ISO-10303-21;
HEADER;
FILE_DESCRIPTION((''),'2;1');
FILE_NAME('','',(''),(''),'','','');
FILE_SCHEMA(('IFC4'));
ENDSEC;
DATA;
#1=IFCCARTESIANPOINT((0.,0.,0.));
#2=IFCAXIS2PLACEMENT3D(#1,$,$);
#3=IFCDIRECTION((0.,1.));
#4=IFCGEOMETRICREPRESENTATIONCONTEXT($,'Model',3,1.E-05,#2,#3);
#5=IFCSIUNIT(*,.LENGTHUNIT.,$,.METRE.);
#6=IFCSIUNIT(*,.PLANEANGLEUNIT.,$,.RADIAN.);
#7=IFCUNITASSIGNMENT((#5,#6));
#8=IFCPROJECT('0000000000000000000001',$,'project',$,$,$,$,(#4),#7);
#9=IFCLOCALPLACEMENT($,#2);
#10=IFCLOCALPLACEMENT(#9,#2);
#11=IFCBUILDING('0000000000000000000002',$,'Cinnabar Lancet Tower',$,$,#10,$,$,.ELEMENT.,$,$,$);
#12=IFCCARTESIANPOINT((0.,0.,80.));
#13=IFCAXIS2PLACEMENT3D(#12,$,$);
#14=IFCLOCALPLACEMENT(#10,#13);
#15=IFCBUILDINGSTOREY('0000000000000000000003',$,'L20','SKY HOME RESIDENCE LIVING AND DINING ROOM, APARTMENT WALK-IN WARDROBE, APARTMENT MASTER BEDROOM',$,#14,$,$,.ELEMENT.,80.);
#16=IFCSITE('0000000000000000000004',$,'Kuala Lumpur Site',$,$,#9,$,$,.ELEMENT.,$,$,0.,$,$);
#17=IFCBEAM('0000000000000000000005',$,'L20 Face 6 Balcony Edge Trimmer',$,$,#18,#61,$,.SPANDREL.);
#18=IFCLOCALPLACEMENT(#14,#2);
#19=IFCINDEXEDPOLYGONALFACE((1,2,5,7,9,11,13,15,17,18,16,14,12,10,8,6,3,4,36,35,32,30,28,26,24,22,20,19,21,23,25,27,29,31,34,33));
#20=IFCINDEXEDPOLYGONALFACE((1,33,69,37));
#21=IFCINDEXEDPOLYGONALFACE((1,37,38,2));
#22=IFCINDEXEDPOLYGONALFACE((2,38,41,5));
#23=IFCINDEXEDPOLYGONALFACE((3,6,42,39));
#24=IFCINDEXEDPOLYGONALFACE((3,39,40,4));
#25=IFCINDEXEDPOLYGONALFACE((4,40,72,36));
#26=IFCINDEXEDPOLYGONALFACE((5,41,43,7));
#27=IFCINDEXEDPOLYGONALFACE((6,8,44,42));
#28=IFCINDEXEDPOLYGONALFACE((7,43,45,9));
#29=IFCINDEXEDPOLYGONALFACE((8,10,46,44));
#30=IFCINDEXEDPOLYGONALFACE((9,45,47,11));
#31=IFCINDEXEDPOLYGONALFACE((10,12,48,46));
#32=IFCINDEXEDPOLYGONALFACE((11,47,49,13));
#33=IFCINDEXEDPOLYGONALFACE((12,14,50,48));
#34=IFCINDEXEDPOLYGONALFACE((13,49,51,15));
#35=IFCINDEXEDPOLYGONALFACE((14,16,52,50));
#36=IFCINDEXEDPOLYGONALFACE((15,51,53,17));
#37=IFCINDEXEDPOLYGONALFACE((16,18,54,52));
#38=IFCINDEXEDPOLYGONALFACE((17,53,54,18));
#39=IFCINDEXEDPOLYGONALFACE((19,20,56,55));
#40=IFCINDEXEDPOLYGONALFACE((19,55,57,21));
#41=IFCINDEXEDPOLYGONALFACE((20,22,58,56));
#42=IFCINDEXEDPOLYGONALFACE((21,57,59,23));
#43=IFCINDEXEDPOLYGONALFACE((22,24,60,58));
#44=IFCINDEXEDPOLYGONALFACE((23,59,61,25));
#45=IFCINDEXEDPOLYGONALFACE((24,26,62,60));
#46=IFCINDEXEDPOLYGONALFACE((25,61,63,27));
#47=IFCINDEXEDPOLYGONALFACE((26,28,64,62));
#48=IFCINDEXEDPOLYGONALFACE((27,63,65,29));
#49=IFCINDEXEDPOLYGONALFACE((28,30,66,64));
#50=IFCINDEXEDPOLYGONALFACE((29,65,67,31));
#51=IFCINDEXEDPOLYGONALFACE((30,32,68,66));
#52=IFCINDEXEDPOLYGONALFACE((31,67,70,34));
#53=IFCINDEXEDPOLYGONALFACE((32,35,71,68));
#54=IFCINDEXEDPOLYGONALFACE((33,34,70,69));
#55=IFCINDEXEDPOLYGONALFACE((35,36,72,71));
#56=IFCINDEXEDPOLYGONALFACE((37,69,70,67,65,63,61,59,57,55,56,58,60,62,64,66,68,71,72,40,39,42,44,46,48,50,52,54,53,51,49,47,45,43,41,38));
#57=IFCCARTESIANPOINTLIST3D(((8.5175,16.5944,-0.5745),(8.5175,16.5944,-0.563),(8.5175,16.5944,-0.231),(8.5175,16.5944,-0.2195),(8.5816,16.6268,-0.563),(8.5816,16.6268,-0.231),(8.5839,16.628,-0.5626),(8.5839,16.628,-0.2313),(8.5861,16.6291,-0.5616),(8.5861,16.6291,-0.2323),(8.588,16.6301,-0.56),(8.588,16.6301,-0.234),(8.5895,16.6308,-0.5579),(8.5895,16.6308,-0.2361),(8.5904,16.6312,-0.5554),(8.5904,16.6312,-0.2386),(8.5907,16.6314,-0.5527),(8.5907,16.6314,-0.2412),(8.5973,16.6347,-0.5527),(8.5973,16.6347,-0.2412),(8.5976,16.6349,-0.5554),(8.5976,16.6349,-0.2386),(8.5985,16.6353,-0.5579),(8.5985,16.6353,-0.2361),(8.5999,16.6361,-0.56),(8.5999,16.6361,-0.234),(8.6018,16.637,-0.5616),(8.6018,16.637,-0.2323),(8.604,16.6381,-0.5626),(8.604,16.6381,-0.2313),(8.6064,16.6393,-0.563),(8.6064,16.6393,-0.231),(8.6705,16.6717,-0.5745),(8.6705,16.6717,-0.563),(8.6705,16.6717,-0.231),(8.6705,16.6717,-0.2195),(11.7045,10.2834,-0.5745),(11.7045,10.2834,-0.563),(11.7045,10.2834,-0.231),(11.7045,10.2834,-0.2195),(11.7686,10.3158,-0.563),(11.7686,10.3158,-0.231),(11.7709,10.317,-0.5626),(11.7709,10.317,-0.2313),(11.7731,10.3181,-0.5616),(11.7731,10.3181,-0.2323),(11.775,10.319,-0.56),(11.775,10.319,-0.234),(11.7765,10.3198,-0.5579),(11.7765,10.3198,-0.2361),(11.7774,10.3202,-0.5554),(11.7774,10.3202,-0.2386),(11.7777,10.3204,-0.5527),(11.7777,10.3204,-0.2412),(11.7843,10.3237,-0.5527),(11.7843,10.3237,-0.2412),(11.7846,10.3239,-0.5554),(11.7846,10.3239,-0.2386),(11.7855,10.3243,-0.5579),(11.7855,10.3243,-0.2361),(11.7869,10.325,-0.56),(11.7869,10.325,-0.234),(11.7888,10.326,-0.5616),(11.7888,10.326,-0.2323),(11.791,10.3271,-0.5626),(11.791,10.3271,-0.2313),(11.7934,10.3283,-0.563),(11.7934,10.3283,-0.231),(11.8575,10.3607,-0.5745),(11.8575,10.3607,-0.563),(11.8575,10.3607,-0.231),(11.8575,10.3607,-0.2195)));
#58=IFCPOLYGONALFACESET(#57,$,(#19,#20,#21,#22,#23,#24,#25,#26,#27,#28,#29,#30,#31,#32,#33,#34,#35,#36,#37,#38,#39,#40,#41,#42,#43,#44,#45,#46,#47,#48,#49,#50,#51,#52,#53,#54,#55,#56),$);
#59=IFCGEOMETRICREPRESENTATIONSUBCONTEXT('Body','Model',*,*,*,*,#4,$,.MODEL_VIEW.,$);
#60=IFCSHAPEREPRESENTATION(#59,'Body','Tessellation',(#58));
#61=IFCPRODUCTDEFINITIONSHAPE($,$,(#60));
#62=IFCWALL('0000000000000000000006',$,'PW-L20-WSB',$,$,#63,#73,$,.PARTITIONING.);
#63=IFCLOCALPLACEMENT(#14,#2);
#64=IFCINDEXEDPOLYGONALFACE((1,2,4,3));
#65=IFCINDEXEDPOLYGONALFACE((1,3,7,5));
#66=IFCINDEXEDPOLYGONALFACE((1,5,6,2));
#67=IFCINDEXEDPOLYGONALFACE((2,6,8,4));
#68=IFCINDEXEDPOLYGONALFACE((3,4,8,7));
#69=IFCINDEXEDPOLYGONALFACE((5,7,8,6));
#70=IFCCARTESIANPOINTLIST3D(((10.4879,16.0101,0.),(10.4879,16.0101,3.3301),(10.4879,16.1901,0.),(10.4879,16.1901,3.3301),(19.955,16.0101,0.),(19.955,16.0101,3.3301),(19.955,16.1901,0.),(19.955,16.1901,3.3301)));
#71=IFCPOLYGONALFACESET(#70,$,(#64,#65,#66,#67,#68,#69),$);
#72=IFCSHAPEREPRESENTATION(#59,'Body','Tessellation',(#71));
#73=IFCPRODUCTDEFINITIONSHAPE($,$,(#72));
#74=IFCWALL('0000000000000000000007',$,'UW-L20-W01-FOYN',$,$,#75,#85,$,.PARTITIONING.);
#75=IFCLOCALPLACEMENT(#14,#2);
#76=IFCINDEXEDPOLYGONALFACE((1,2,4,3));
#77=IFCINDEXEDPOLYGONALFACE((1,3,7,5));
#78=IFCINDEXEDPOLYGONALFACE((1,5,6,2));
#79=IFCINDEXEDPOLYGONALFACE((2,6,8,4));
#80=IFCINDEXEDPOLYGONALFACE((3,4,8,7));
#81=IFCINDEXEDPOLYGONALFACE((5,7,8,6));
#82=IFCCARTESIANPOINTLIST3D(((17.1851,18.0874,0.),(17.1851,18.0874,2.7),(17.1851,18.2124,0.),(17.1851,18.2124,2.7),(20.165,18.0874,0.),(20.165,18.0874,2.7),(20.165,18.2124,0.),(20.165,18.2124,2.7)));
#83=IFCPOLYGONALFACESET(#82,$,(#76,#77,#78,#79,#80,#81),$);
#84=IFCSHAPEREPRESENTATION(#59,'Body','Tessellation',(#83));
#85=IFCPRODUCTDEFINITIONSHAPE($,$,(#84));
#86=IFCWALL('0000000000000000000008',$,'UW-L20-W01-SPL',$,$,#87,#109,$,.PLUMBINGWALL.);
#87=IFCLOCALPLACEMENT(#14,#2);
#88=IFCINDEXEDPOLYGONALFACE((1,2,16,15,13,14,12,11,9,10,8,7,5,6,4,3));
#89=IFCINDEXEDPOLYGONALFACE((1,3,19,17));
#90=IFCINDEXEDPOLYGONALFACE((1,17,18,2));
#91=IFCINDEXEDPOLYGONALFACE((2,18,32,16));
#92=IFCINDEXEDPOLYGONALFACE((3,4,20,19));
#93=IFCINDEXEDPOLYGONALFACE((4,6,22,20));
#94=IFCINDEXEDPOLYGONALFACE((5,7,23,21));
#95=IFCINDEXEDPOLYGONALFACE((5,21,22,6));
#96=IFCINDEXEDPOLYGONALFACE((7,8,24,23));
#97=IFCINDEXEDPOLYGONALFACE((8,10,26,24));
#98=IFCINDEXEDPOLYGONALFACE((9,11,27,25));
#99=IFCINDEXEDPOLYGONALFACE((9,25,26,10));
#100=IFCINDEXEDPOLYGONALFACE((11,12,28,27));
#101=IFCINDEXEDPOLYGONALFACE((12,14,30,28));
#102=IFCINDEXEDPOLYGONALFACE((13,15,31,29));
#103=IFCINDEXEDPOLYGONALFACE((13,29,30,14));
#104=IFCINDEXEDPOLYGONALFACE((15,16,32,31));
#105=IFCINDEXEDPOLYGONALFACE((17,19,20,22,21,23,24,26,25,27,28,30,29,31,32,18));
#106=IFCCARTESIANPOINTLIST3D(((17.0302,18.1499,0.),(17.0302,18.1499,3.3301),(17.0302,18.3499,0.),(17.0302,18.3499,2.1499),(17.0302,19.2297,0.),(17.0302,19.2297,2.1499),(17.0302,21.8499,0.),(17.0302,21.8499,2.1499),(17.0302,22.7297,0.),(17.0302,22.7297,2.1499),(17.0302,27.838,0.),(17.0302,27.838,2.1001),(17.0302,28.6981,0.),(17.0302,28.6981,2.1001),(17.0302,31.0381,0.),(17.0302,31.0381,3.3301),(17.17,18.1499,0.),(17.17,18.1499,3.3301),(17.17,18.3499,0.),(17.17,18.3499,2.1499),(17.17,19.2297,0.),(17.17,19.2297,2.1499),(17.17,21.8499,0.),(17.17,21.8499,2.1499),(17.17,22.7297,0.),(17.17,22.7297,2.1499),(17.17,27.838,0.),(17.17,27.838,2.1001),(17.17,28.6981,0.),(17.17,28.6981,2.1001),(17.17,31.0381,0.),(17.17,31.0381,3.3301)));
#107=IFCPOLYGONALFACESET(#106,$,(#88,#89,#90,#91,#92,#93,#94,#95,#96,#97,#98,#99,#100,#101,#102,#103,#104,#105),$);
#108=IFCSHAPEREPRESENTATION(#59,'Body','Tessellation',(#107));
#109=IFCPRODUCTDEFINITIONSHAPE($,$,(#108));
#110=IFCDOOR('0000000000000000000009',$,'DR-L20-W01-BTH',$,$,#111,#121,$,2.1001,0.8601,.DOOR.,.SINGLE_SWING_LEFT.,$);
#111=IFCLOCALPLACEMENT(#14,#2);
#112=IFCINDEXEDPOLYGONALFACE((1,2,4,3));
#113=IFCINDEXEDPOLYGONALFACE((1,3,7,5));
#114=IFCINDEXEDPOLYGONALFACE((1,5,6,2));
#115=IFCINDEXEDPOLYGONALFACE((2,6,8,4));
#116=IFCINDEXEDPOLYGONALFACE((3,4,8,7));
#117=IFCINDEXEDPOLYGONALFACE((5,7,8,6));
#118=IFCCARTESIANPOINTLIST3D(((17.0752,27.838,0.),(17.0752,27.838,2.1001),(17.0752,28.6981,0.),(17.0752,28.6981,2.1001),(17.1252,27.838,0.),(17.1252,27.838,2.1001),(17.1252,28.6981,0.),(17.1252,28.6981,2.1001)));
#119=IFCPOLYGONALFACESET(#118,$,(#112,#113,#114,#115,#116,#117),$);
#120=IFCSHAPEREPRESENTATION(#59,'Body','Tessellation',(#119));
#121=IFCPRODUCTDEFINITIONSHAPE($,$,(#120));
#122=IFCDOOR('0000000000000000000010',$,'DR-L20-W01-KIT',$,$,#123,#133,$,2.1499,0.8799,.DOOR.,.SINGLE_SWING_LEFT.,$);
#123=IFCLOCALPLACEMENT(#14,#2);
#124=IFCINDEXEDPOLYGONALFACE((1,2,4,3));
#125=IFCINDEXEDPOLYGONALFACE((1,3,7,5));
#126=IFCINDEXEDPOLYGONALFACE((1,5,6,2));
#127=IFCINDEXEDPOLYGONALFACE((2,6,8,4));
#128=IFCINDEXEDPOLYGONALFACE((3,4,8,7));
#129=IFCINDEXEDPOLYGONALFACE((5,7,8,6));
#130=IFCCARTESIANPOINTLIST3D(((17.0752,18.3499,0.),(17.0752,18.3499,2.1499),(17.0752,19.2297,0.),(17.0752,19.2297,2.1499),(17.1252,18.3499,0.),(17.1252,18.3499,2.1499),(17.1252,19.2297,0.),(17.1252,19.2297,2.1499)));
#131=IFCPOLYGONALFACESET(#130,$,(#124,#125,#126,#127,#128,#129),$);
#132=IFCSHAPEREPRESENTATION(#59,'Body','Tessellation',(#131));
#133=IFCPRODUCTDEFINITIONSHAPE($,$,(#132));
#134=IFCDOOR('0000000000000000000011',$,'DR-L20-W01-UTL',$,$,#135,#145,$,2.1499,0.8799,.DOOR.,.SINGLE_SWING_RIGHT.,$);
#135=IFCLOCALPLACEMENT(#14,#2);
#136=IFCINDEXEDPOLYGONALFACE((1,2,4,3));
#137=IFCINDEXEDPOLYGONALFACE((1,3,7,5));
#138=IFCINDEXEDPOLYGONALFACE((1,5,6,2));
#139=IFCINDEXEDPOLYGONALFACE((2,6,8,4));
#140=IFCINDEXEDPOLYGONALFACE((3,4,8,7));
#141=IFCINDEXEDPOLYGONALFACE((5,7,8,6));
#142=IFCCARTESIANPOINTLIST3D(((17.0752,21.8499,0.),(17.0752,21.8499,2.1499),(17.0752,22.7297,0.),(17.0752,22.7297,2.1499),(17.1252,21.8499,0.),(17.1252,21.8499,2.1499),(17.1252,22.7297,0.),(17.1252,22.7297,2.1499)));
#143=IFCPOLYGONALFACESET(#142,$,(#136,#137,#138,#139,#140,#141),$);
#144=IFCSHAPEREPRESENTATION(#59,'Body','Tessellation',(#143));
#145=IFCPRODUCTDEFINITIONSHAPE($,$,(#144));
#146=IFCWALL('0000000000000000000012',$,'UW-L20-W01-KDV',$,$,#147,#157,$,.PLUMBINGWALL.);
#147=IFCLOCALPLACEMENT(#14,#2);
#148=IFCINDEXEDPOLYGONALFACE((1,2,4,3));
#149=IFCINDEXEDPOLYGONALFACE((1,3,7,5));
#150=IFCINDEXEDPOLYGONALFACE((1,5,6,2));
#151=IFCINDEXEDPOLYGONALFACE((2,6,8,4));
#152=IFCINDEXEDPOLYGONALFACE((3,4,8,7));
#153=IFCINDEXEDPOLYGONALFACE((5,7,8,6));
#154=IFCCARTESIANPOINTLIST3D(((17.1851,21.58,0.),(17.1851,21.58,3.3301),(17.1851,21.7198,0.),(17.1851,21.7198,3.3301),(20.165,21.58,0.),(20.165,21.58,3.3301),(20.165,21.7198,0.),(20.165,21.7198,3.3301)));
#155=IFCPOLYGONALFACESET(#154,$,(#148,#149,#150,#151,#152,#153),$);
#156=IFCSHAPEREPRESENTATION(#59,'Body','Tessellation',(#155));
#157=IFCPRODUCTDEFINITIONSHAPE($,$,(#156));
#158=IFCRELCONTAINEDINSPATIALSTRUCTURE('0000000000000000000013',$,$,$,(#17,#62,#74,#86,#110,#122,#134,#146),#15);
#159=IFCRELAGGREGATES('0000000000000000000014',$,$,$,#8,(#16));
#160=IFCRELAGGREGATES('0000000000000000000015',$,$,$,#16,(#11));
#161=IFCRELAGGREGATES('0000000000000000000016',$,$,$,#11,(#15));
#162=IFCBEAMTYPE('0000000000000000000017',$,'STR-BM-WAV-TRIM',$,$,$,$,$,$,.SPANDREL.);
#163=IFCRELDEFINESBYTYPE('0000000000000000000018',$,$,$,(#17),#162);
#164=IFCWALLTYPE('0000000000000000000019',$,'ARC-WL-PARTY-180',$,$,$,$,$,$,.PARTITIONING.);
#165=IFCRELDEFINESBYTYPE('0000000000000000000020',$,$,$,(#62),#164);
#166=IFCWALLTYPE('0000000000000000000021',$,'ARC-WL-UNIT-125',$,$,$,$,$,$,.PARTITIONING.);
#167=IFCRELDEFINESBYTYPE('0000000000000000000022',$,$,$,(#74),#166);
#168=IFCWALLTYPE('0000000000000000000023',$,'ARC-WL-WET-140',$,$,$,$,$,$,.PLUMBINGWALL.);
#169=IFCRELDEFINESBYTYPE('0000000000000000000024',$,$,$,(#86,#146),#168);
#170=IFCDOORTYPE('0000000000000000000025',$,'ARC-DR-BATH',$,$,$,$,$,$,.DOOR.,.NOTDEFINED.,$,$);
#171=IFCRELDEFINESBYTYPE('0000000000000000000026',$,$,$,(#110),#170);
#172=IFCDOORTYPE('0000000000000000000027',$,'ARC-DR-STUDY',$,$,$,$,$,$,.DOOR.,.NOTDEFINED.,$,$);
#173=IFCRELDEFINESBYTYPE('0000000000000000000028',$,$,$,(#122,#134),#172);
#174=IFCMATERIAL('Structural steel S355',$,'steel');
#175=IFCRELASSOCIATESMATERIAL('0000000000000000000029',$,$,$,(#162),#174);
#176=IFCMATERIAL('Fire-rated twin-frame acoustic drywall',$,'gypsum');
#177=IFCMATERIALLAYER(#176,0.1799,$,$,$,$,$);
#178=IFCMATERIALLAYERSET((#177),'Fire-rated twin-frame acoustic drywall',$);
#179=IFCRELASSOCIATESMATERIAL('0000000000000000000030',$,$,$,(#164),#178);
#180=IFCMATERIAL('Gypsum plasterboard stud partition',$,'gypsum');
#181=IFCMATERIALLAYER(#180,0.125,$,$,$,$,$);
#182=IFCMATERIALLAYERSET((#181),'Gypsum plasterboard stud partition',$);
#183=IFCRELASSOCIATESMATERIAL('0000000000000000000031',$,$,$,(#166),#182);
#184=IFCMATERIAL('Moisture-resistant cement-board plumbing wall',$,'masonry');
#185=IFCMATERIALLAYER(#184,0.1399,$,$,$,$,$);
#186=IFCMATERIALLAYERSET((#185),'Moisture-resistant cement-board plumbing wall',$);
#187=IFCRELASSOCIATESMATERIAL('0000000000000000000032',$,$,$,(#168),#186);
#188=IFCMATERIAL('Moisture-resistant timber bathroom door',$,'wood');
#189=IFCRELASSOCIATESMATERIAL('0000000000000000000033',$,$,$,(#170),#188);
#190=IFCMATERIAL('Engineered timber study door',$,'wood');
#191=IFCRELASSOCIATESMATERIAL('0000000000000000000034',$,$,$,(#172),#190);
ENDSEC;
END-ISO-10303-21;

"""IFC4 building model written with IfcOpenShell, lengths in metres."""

from ifc_helpers import new_model, si_unit, direction, frame, frame_2d, origin, origin_2d, place, context, subcontext, project, spatial, rectangle, i_section, extrude, material, layer, layer_set, material_profile, profile_set, type_object, element, fill, save


model = new_model("IFC4")

# Units and contexts
model_context = context("Model", 3, precision=1e-05, world=origin(), true_north=direction((0.0, 1.0)))
body_context = subcontext(model_context, "Body", "Model", "MODEL_VIEW")
ifc_project = project(units=[si_unit("LENGTHUNIT", "METRE"), si_unit("PLANEANGLEUNIT", "RADIAN")], contexts=[model_context])

# Site, building, storey
site_placement = place(None, origin())
site = spatial("IfcSite", under=ifc_project, at=site_placement, Name="Kuala Lumpur Site", CompositionType="ELEMENT", RefElevation=0.0)
building_placement = place(site_placement, origin())
building = spatial("IfcBuilding", under=site, at=building_placement, Name="Cinnabar Lancet Tower", CompositionType="ELEMENT")
storey_placement = place(building_placement, frame((0.0, 0.0, 80.0)))
storey = spatial("IfcBuildingStorey", under=building, at=storey_placement, Name="L20", Description="SKY HOME RESIDENCE LIVING AND DINING ROOM, APARTMENT WALK-IN WARDROBE, APARTMENT MASTER BEDROOM", CompositionType="ELEMENT", Elevation=80.0)

# Beam
ifc_material_1 = material(Name="Structural steel S355", Category="steel")
ifc_material_profile_1 = material_profile(ifc_material_1, i_section(OverallWidth=0.1714, OverallDepth=0.355, WebThickness=0.0073, FlangeThickness=0.0115, FilletRadius=0.0103, at=origin_2d()), Name="UKB 356x171x51")
ifc_profile_set_1 = profile_set([ifc_material_profile_1], Name="Structural steel S355")
beam_type_1 = type_object("IfcBeamType", Name="STR-BM-WAV-TRIM", PredefinedType="SPANDREL", material=ifc_profile_set_1)
beam_1_placement = place(storey_placement, frame((8.594, 16.6331, -0.397), z_axis=(0.450774, -0.892638, 0.0), x_axis=(0.892638, 0.450774, 0.0)))
element("IfcBeam", 1, at=beam_1_placement, inside=storey, type_object=beam_type_1, Name="L20 Face 6 Balcony Edge Trimmer", PredefinedType="SPANDREL", context=body_context, shape_type="SweptSolid", body=[
    extrude(i_section(OverallWidth=0.1714, OverallDepth=0.355, WebThickness=0.0073, FlangeThickness=0.0115, FilletRadius=0.0103, at=origin_2d()), origin(), (0.0, 0.0, 1.0), 7.0701),
])

# Walls
ifc_material_2 = material(Name="Fire-rated twin-frame acoustic drywall", Category="gypsum")
ifc_layer_1 = layer(ifc_material_2, 0.1799)
ifc_layer_set_1 = layer_set([ifc_layer_1], Name="Fire-rated twin-frame acoustic drywall")
wall_type_1 = type_object("IfcWallType", Name="ARC-WL-PARTY-180", PredefinedType="PARTITIONING", material=ifc_layer_set_1)
wall_1_placement = place(storey_placement, frame((10.488, 16.1001, 0.0), z_axis=(0.0, 0.0, 1.0), x_axis=(1.0, 0.0, 0.0)))
element("IfcWall", 2, at=wall_1_placement, inside=storey, type_object=wall_type_1, Name="PW-L20-WSB", PredefinedType="PARTITIONING", context=body_context, shape_type="SweptSolid", body=[
    extrude(rectangle(XDim=9.467, YDim=0.1799, at=frame_2d((4.7334, 0.0))), origin(), (0.0, 0.0, 1.0), 3.3301),
])
ifc_material_3 = material(Name="Gypsum plasterboard stud partition", Category="gypsum")
ifc_layer_2 = layer(ifc_material_3, 0.125)
ifc_layer_set_2 = layer_set([ifc_layer_2], Name="Gypsum plasterboard stud partition")
wall_type_2 = type_object("IfcWallType", Name="ARC-WL-UNIT-125", PredefinedType="PARTITIONING", material=ifc_layer_set_2)
wall_2_placement = place(storey_placement, frame((17.1851, 18.1499, 0.0), z_axis=(0.0, 0.0, 1.0), x_axis=(1.0, 0.0, 0.0)))
element("IfcWall", 3, at=wall_2_placement, inside=storey, type_object=wall_type_2, Name="UW-L20-W01-FOYN", PredefinedType="PARTITIONING", context=body_context, shape_type="SweptSolid", body=[
    extrude(rectangle(XDim=2.98, YDim=0.125, at=frame_2d((1.49, 0.0))), origin(), (0.0, 0.0, 1.0), 2.7),
])

# Wall, openings, doors
ifc_material_4 = material(Name="Moisture-resistant cement-board plumbing wall", Category="masonry")
ifc_layer_3 = layer(ifc_material_4, 0.1399)
ifc_layer_set_3 = layer_set([ifc_layer_3], Name="Moisture-resistant cement-board plumbing wall")
wall_type_3 = type_object("IfcWallType", Name="ARC-WL-WET-140", PredefinedType="PLUMBINGWALL", material=ifc_layer_set_3)
wall_3_placement = place(storey_placement, frame((17.1001, 18.1499, 0.0), z_axis=(0.0, 0.0, 1.0), x_axis=(0.0, 1.0, 0.0)))
wall_3 = element("IfcWall", 4, at=wall_3_placement, inside=storey, type_object=wall_type_3, Name="UW-L20-W01-SPL", PredefinedType="PLUMBINGWALL", context=body_context, shape_type="SweptSolid", body=[
    extrude(rectangle(XDim=12.8882, YDim=0.1399, at=frame_2d((6.4441, 0.0))), origin(), (0.0, 0.0, 1.0), 3.3301),
])
opening_1_placement = place(wall_3_placement, frame((0.2, 0.0, 0.0)))
opening_1 = element("IfcOpeningElement", 5, at=opening_1_placement, cuts=wall_3, PredefinedType="OPENING", context=body_context, shape_type="SweptSolid", body=[
    extrude(rectangle(XDim=0.8799, YDim=2.1499, at=frame_2d((0.4399, 1.075))), frame((0.0, 0.0798, 0.0), z_axis=(0.0, -1.0, 0.0), x_axis=(1.0, 0.0, 0.0)), (0.0, 0.0, 1.0), 0.1599),
])
opening_2_placement = place(wall_3_placement, frame((3.7, 0.0, 0.0)))
opening_2 = element("IfcOpeningElement", 6, at=opening_2_placement, cuts=wall_3, PredefinedType="OPENING", context=body_context, shape_type="SweptSolid", body=[
    extrude(rectangle(XDim=0.8799, YDim=2.1499, at=frame_2d((0.4399, 1.075))), frame((0.0, 0.0798, 0.0), z_axis=(0.0, -1.0, 0.0), x_axis=(1.0, 0.0, 0.0)), (0.0, 0.0, 1.0), 0.1599),
])
opening_3_placement = place(wall_3_placement, frame((9.688, 0.0, 0.0)))
opening_3 = element("IfcOpeningElement", 7, at=opening_3_placement, cuts=wall_3, PredefinedType="OPENING", context=body_context, shape_type="SweptSolid", body=[
    extrude(rectangle(XDim=0.8601, YDim=2.1001, at=frame_2d((0.4302, 1.05))), frame((0.0, 0.0798, 0.0), z_axis=(0.0, -1.0, 0.0), x_axis=(1.0, 0.0, 0.0)), (0.0, 0.0, 1.0), 0.1599),
])
ifc_material_5 = material(Name="Moisture-resistant timber bathroom door", Category="wood")
door_type_1 = type_object("IfcDoorType", Name="ARC-DR-BATH", OperationType="NOTDEFINED", PredefinedType="DOOR", material=ifc_material_5)
door_1_placement = place(opening_3_placement, origin())
door_1 = element("IfcDoor", 8, at=door_1_placement, inside=storey, type_object=door_type_1, Name="DR-L20-W01-BTH", OperationType="SINGLE_SWING_LEFT", OverallHeight=2.1001, OverallWidth=0.8601, PredefinedType="DOOR", context=body_context, shape_type="SweptSolid", body=[
    extrude(rectangle(XDim=0.8601, YDim=2.1001, at=frame_2d((0.4302, 1.05))), frame((0.0, 0.0249, 0.0), z_axis=(0.0, -1.0, 0.0), x_axis=(1.0, 0.0, 0.0)), (0.0, 0.0, 1.0), 0.05),
])
fill(opening_3, door_1)
ifc_material_6 = material(Name="Engineered timber study door", Category="wood")
door_type_2 = type_object("IfcDoorType", Name="ARC-DR-STUDY", OperationType="NOTDEFINED", PredefinedType="DOOR", material=ifc_material_6)
door_2_placement = place(opening_1_placement, origin())
door_2 = element("IfcDoor", 9, at=door_2_placement, inside=storey, type_object=door_type_2, Name="DR-L20-W01-KIT", OperationType="SINGLE_SWING_LEFT", OverallHeight=2.1499, OverallWidth=0.8799, PredefinedType="DOOR", context=body_context, shape_type="SweptSolid", body=[
    extrude(rectangle(XDim=0.8799, YDim=2.1499, at=frame_2d((0.4399, 1.075))), frame((0.0, 0.0249, 0.0), z_axis=(0.0, -1.0, 0.0), x_axis=(1.0, 0.0, 0.0)), (0.0, 0.0, 1.0), 0.05),
])
fill(opening_1, door_2)
door_3_placement = place(opening_2_placement, origin())
door_3 = element("IfcDoor", 10, at=door_3_placement, inside=storey, type_object=door_type_2, Name="DR-L20-W01-UTL", OperationType="SINGLE_SWING_RIGHT", OverallHeight=2.1499, OverallWidth=0.8799, PredefinedType="DOOR", context=body_context, shape_type="SweptSolid", body=[
    extrude(rectangle(XDim=0.8799, YDim=2.1499, at=frame_2d((0.4399, 1.075))), frame((0.0, 0.0249, 0.0), z_axis=(0.0, -1.0, 0.0), x_axis=(1.0, 0.0, 0.0)), (0.0, 0.0, 1.0), 0.05),
])
fill(opening_2, door_3)

# Wall
wall_4_placement = place(storey_placement, frame((17.1851, 21.6499, 0.0), z_axis=(0.0, 0.0, 1.0), x_axis=(1.0, 0.0, 0.0)))
element("IfcWall", 11, at=wall_4_placement, inside=storey, type_object=wall_type_3, Name="UW-L20-W01-KDV", PredefinedType="PLUMBINGWALL", context=body_context, shape_type="SweptSolid", body=[
    extrude(rectangle(XDim=2.98, YDim=0.1399, at=frame_2d((1.49, 0.0))), origin(), (0.0, 0.0, 1.0), 3.3301),
])

save(model, "model.ifc")
